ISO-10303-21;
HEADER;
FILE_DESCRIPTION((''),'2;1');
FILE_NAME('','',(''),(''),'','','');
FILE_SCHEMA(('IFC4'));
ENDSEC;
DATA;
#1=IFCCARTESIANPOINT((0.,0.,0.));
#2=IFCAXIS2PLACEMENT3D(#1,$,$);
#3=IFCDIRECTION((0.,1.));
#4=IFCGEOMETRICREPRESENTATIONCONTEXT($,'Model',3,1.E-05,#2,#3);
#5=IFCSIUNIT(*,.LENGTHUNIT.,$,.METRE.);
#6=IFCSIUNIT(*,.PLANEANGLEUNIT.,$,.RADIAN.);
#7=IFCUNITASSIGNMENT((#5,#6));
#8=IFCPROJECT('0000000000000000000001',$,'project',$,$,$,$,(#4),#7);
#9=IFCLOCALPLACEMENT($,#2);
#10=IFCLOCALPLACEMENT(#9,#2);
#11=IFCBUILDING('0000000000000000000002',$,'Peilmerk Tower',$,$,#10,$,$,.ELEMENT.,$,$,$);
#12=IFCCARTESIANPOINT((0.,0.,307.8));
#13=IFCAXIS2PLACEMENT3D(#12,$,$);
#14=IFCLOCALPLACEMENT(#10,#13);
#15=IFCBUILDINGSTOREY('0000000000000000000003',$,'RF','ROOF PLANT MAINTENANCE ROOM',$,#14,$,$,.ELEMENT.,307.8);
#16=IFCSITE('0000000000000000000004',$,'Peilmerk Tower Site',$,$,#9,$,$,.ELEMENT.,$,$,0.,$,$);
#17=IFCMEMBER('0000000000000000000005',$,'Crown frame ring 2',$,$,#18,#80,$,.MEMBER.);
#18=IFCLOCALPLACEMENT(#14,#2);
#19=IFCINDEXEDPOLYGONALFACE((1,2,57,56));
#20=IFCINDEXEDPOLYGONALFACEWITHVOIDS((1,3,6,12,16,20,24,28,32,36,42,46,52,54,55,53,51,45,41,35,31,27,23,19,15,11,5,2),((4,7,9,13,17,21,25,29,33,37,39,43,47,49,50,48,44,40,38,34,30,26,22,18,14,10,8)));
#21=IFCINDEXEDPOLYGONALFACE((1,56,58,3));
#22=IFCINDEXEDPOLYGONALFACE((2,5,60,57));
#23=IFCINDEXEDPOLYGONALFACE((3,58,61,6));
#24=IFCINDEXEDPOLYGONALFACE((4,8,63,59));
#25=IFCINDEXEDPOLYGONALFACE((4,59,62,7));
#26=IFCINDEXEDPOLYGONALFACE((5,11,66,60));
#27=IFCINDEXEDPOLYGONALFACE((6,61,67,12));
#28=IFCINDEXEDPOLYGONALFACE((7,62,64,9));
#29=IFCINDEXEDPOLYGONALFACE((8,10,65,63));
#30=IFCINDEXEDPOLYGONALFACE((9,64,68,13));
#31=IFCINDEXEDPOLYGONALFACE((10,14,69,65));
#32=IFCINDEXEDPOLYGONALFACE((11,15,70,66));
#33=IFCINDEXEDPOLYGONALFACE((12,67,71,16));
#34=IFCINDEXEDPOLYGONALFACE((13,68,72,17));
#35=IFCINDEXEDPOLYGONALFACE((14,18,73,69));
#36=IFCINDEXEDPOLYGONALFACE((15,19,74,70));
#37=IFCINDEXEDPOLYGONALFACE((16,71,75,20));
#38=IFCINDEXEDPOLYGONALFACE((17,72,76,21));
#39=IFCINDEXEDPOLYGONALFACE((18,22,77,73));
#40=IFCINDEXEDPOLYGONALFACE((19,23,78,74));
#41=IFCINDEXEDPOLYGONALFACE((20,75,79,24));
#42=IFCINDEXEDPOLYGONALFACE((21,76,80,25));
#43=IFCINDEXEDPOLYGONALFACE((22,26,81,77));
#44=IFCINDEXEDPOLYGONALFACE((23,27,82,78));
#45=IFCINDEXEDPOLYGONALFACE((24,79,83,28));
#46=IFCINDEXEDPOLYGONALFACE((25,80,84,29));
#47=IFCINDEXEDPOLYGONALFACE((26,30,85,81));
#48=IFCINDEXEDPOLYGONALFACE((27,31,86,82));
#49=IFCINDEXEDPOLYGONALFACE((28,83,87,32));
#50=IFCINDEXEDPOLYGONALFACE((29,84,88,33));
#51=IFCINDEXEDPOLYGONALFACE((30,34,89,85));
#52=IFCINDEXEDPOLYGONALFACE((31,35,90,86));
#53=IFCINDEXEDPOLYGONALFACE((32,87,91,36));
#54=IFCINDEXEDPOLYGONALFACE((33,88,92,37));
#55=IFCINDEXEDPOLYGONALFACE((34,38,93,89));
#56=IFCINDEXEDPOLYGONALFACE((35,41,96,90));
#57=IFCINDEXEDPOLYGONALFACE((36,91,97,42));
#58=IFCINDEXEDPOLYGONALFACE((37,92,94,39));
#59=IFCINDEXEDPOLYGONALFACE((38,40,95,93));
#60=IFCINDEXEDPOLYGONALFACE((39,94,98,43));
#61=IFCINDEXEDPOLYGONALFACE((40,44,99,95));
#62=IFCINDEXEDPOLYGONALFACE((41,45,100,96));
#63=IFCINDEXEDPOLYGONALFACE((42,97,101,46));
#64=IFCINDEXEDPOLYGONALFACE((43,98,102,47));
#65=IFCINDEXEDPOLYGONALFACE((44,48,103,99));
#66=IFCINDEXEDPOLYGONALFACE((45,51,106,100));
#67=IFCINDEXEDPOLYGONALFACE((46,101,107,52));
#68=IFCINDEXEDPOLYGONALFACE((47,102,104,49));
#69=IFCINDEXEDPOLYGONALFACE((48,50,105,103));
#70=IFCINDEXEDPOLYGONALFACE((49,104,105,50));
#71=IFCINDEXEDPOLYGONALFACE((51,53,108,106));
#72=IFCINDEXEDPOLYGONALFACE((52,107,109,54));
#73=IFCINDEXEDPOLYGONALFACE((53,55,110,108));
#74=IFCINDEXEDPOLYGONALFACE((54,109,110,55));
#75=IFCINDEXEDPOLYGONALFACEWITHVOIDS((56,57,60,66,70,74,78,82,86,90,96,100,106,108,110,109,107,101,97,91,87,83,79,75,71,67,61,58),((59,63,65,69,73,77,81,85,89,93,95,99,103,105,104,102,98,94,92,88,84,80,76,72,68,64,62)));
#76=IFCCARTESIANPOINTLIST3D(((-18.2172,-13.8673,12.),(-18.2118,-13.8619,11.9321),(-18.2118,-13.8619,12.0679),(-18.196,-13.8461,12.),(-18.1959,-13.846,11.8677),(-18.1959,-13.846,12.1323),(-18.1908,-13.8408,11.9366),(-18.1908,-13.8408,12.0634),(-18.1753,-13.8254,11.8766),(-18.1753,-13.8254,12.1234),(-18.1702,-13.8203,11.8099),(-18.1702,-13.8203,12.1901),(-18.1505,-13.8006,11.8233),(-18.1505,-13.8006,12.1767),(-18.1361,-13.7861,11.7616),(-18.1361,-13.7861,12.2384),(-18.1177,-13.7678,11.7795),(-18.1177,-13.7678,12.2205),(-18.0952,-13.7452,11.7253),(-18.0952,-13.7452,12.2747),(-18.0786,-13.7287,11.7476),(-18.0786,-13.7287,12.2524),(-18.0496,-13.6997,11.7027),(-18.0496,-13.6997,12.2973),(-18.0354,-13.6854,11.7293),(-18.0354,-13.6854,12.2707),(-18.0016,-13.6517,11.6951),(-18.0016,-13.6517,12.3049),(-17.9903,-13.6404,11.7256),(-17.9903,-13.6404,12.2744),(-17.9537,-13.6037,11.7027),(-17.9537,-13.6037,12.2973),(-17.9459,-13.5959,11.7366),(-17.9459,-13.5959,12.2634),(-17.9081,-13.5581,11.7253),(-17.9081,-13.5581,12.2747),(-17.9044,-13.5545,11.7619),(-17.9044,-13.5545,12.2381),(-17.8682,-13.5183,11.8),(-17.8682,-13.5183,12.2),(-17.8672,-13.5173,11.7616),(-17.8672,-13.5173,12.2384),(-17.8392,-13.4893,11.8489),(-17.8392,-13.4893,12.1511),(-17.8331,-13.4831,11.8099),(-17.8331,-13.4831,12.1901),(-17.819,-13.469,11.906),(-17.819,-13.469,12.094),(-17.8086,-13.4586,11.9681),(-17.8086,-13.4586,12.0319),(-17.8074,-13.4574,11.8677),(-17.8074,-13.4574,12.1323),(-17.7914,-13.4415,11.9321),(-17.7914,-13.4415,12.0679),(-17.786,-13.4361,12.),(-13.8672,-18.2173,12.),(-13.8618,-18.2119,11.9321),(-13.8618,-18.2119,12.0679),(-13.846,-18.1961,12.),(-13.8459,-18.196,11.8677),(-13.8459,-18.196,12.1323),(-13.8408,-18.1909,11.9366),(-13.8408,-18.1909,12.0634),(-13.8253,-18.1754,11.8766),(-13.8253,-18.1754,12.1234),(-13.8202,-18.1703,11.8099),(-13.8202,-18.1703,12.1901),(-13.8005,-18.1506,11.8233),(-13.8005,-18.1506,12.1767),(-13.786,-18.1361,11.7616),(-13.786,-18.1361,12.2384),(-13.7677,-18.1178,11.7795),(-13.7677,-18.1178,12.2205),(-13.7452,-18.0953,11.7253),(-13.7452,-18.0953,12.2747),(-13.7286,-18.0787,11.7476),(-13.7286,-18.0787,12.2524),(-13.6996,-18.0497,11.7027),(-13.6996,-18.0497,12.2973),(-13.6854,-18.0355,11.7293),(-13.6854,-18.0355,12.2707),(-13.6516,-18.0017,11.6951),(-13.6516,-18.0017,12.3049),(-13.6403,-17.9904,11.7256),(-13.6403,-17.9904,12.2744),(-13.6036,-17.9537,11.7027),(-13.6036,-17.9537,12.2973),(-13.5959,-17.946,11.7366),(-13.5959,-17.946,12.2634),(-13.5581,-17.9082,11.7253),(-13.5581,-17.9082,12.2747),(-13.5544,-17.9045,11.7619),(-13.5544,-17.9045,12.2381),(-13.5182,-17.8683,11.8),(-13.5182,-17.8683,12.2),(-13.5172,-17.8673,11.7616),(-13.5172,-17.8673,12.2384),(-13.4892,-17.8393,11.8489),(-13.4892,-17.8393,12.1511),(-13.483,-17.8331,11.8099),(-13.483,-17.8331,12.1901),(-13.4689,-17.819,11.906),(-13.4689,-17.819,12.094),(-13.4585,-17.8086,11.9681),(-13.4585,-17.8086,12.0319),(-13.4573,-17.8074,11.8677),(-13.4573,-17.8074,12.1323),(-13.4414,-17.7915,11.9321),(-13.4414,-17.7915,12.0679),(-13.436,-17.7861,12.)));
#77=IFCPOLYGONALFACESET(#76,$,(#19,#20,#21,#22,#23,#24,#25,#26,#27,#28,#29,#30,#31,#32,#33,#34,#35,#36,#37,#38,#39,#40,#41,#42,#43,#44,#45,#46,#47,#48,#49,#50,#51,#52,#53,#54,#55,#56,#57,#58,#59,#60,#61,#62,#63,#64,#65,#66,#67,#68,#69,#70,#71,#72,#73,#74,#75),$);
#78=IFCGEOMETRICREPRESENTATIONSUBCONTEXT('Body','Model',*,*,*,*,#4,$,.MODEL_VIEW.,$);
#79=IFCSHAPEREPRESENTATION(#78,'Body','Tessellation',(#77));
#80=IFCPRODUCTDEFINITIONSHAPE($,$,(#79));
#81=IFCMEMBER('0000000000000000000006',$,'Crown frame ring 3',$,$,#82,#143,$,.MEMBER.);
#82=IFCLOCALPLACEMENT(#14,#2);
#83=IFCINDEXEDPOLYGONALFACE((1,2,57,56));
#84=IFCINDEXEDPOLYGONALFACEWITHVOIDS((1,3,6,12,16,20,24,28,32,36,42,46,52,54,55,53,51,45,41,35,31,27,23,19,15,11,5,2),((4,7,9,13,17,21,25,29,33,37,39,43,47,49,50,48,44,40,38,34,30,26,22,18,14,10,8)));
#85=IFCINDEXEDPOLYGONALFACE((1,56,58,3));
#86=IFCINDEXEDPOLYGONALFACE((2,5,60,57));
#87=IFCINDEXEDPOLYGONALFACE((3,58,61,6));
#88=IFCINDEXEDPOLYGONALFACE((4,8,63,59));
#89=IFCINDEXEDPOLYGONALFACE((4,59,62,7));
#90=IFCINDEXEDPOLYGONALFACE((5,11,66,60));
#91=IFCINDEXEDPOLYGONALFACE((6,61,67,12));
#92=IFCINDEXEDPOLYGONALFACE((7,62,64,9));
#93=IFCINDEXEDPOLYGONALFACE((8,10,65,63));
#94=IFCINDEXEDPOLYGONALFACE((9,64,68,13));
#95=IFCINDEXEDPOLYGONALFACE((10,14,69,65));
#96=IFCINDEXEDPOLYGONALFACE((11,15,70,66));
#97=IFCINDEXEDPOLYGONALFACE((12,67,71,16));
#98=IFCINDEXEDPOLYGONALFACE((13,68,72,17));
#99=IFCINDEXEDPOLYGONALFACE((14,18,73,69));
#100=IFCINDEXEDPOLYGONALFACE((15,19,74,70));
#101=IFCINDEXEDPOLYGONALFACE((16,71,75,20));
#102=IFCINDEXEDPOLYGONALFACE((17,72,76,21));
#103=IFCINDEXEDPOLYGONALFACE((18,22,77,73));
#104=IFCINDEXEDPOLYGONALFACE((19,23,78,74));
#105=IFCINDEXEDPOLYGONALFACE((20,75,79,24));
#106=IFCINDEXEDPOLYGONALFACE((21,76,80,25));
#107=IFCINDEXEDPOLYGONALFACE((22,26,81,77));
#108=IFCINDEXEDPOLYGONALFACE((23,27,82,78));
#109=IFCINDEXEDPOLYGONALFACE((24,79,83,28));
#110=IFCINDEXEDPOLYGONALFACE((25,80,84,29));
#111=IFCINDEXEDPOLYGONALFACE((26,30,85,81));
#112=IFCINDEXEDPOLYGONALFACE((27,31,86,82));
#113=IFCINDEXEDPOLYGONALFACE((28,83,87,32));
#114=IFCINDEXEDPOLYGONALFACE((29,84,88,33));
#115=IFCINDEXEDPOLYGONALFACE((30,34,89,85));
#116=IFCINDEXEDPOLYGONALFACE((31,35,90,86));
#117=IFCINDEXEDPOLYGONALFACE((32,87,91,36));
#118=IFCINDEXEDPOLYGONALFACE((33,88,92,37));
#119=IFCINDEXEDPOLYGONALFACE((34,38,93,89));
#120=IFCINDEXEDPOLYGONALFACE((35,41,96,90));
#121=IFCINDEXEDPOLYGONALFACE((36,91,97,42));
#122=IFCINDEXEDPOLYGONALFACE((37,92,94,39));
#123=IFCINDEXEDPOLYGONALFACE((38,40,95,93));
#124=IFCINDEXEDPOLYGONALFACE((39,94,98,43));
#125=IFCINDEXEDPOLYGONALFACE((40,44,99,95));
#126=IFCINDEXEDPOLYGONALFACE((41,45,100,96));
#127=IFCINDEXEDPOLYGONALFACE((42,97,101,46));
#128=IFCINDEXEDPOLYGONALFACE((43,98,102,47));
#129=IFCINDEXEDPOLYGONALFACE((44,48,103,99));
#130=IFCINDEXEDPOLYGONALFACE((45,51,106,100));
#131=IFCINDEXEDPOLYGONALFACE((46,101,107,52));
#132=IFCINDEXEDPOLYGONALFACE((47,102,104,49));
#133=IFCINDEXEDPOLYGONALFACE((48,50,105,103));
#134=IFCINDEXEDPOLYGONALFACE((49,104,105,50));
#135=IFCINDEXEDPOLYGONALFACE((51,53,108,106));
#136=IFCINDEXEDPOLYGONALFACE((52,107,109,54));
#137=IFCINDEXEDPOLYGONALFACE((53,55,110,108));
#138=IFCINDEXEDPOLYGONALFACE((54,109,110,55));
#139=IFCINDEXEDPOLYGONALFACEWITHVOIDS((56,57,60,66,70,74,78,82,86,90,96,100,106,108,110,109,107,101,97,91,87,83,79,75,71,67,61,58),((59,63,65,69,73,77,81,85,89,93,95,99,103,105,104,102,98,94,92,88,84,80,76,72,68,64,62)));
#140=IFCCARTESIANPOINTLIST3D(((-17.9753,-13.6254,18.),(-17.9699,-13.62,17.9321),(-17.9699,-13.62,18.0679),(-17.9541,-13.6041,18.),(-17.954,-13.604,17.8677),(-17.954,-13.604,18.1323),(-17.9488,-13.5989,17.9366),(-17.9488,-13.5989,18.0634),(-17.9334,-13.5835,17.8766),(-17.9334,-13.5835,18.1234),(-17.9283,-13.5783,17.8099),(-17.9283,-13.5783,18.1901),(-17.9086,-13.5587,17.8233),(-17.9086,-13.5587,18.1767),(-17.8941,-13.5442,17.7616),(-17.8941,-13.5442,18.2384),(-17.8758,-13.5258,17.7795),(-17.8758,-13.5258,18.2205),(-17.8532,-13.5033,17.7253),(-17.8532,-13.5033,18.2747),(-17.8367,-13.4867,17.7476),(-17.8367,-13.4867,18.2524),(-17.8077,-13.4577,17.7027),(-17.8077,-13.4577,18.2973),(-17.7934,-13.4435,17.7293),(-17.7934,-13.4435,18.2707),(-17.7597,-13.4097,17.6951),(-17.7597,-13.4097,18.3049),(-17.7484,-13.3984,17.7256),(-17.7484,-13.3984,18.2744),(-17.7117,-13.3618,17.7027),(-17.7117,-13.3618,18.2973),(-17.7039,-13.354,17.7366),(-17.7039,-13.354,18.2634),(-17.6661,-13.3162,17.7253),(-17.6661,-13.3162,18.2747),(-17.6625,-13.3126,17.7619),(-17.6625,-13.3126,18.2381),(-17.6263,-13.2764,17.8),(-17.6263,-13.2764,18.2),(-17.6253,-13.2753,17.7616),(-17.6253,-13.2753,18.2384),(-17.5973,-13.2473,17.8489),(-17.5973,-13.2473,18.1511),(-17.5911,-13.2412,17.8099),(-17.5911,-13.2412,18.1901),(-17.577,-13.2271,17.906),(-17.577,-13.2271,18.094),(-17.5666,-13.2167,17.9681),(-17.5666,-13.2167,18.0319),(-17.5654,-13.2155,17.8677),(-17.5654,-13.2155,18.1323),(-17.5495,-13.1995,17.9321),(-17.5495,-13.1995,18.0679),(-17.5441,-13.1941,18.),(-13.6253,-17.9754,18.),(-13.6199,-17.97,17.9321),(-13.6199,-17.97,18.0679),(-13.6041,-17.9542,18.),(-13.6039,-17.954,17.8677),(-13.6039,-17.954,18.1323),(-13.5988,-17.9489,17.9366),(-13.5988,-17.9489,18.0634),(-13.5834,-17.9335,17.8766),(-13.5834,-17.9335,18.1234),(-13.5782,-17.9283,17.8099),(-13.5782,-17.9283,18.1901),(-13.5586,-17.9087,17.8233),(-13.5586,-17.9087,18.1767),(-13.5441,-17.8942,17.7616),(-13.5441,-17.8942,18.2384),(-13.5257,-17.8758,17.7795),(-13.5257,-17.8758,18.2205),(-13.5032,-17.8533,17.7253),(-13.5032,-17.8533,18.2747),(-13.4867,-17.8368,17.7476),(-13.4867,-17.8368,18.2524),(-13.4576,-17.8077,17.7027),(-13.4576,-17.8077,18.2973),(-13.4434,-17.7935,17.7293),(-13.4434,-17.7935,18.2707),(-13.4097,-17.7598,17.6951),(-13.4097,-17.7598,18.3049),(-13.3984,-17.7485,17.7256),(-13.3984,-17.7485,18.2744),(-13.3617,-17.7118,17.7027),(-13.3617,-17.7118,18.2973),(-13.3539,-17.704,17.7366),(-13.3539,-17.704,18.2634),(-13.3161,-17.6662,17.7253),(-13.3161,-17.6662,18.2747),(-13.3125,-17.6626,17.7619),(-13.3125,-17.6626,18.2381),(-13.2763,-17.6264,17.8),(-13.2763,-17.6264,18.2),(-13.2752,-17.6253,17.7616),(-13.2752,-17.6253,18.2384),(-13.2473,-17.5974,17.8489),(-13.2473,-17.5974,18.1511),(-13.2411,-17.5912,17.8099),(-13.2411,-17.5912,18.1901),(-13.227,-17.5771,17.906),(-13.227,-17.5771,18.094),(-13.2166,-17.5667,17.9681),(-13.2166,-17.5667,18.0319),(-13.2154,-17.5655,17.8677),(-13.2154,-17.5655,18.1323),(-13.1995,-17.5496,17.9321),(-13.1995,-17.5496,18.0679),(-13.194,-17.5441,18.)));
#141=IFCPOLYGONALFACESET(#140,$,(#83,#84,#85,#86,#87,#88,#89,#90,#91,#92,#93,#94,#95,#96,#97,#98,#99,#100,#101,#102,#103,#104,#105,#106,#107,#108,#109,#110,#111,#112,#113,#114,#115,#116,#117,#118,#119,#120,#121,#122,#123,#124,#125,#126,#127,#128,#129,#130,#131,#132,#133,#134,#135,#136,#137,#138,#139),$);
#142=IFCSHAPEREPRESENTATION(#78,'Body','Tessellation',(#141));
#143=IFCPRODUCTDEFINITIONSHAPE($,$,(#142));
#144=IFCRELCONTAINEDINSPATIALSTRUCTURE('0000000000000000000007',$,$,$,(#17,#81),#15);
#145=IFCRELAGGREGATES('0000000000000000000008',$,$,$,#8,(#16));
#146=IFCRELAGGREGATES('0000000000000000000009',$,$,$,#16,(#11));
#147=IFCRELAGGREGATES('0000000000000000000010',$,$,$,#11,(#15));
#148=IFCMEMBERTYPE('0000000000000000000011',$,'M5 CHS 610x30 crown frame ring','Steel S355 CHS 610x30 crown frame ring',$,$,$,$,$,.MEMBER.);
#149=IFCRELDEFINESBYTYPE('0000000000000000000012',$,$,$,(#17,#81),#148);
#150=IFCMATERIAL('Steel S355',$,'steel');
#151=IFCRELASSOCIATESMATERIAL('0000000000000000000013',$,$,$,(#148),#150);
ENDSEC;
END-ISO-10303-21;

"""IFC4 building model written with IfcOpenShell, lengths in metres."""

from ifc_helpers import new_model, si_unit, direction, frame, origin, origin_2d, place, context, subcontext, project, spatial, hollow_circle, extrude, material, material_profile, profile_set, type_object, element, save


model = new_model("IFC4")

# Units and contexts
model_context = context("Model", 3, precision=1e-05, world=origin(), true_north=direction((0.0, 1.0)))
body_context = subcontext(model_context, "Body", "Model", "MODEL_VIEW")
ifc_project = project(units=[si_unit("LENGTHUNIT", "METRE"), si_unit("PLANEANGLEUNIT", "RADIAN")], contexts=[model_context])

# Site, building, storey
site_placement = place(None, origin())
site = spatial("IfcSite", under=ifc_project, at=site_placement, Name="Peilmerk Tower Site", CompositionType="ELEMENT", RefElevation=0.0)
building_placement = place(site_placement, origin())
building = spatial("IfcBuilding", under=site, at=building_placement, Name="Peilmerk Tower", CompositionType="ELEMENT")
storey_placement = place(building_placement, frame((0.0, 0.0, 307.8)))
storey = spatial("IfcBuildingStorey", under=building, at=storey_placement, Name="RF", Description="ROOF PLANT MAINTENANCE ROOM", CompositionType="ELEMENT", Elevation=307.8)

# Shared definitions
ifc_material_1 = material(Name="Steel S355", Category="steel")

# Members
ifc_material_profile_1 = material_profile(ifc_material_1, hollow_circle(Radius=0.3049, WallThickness=0.03, at=origin_2d()), Name="CHS 610x30")
ifc_profile_set_1 = profile_set([ifc_material_profile_1], Name="Steel S355")
member_type_1 = type_object("IfcMemberType", Name="M5 CHS 610x30 crown frame ring", Description="Steel S355 CHS 610x30 crown frame ring", PredefinedType="MEMBER", material=ifc_profile_set_1)
for number, where, z_axis, x_axis, name in (
    (1, (-13.6516, -18.0017, 12.0), (-0.707107, 0.707107, 0.0), (-0.707107, -0.707107, 0.0), "Crown frame ring 2"),
    (2, (-13.4097, -17.7598, 18.0), (-0.707107, 0.707107, 0.0), (-0.707107, -0.707107, 0.0), "Crown frame ring 3"),
):
    element("IfcMember", number, at=place(storey_placement, frame(where, z_axis=z_axis, x_axis=x_axis)), inside=storey, type_object=member_type_1, Name=name, PredefinedType="MEMBER", context=body_context, shape_type="SweptSolid", body=[
        extrude(hollow_circle(Radius=0.3049, WallThickness=0.03, at=origin_2d()), origin(), (0.0, 0.0, 1.0), 6.1519),
    ])

save(model, "model.ifc")
